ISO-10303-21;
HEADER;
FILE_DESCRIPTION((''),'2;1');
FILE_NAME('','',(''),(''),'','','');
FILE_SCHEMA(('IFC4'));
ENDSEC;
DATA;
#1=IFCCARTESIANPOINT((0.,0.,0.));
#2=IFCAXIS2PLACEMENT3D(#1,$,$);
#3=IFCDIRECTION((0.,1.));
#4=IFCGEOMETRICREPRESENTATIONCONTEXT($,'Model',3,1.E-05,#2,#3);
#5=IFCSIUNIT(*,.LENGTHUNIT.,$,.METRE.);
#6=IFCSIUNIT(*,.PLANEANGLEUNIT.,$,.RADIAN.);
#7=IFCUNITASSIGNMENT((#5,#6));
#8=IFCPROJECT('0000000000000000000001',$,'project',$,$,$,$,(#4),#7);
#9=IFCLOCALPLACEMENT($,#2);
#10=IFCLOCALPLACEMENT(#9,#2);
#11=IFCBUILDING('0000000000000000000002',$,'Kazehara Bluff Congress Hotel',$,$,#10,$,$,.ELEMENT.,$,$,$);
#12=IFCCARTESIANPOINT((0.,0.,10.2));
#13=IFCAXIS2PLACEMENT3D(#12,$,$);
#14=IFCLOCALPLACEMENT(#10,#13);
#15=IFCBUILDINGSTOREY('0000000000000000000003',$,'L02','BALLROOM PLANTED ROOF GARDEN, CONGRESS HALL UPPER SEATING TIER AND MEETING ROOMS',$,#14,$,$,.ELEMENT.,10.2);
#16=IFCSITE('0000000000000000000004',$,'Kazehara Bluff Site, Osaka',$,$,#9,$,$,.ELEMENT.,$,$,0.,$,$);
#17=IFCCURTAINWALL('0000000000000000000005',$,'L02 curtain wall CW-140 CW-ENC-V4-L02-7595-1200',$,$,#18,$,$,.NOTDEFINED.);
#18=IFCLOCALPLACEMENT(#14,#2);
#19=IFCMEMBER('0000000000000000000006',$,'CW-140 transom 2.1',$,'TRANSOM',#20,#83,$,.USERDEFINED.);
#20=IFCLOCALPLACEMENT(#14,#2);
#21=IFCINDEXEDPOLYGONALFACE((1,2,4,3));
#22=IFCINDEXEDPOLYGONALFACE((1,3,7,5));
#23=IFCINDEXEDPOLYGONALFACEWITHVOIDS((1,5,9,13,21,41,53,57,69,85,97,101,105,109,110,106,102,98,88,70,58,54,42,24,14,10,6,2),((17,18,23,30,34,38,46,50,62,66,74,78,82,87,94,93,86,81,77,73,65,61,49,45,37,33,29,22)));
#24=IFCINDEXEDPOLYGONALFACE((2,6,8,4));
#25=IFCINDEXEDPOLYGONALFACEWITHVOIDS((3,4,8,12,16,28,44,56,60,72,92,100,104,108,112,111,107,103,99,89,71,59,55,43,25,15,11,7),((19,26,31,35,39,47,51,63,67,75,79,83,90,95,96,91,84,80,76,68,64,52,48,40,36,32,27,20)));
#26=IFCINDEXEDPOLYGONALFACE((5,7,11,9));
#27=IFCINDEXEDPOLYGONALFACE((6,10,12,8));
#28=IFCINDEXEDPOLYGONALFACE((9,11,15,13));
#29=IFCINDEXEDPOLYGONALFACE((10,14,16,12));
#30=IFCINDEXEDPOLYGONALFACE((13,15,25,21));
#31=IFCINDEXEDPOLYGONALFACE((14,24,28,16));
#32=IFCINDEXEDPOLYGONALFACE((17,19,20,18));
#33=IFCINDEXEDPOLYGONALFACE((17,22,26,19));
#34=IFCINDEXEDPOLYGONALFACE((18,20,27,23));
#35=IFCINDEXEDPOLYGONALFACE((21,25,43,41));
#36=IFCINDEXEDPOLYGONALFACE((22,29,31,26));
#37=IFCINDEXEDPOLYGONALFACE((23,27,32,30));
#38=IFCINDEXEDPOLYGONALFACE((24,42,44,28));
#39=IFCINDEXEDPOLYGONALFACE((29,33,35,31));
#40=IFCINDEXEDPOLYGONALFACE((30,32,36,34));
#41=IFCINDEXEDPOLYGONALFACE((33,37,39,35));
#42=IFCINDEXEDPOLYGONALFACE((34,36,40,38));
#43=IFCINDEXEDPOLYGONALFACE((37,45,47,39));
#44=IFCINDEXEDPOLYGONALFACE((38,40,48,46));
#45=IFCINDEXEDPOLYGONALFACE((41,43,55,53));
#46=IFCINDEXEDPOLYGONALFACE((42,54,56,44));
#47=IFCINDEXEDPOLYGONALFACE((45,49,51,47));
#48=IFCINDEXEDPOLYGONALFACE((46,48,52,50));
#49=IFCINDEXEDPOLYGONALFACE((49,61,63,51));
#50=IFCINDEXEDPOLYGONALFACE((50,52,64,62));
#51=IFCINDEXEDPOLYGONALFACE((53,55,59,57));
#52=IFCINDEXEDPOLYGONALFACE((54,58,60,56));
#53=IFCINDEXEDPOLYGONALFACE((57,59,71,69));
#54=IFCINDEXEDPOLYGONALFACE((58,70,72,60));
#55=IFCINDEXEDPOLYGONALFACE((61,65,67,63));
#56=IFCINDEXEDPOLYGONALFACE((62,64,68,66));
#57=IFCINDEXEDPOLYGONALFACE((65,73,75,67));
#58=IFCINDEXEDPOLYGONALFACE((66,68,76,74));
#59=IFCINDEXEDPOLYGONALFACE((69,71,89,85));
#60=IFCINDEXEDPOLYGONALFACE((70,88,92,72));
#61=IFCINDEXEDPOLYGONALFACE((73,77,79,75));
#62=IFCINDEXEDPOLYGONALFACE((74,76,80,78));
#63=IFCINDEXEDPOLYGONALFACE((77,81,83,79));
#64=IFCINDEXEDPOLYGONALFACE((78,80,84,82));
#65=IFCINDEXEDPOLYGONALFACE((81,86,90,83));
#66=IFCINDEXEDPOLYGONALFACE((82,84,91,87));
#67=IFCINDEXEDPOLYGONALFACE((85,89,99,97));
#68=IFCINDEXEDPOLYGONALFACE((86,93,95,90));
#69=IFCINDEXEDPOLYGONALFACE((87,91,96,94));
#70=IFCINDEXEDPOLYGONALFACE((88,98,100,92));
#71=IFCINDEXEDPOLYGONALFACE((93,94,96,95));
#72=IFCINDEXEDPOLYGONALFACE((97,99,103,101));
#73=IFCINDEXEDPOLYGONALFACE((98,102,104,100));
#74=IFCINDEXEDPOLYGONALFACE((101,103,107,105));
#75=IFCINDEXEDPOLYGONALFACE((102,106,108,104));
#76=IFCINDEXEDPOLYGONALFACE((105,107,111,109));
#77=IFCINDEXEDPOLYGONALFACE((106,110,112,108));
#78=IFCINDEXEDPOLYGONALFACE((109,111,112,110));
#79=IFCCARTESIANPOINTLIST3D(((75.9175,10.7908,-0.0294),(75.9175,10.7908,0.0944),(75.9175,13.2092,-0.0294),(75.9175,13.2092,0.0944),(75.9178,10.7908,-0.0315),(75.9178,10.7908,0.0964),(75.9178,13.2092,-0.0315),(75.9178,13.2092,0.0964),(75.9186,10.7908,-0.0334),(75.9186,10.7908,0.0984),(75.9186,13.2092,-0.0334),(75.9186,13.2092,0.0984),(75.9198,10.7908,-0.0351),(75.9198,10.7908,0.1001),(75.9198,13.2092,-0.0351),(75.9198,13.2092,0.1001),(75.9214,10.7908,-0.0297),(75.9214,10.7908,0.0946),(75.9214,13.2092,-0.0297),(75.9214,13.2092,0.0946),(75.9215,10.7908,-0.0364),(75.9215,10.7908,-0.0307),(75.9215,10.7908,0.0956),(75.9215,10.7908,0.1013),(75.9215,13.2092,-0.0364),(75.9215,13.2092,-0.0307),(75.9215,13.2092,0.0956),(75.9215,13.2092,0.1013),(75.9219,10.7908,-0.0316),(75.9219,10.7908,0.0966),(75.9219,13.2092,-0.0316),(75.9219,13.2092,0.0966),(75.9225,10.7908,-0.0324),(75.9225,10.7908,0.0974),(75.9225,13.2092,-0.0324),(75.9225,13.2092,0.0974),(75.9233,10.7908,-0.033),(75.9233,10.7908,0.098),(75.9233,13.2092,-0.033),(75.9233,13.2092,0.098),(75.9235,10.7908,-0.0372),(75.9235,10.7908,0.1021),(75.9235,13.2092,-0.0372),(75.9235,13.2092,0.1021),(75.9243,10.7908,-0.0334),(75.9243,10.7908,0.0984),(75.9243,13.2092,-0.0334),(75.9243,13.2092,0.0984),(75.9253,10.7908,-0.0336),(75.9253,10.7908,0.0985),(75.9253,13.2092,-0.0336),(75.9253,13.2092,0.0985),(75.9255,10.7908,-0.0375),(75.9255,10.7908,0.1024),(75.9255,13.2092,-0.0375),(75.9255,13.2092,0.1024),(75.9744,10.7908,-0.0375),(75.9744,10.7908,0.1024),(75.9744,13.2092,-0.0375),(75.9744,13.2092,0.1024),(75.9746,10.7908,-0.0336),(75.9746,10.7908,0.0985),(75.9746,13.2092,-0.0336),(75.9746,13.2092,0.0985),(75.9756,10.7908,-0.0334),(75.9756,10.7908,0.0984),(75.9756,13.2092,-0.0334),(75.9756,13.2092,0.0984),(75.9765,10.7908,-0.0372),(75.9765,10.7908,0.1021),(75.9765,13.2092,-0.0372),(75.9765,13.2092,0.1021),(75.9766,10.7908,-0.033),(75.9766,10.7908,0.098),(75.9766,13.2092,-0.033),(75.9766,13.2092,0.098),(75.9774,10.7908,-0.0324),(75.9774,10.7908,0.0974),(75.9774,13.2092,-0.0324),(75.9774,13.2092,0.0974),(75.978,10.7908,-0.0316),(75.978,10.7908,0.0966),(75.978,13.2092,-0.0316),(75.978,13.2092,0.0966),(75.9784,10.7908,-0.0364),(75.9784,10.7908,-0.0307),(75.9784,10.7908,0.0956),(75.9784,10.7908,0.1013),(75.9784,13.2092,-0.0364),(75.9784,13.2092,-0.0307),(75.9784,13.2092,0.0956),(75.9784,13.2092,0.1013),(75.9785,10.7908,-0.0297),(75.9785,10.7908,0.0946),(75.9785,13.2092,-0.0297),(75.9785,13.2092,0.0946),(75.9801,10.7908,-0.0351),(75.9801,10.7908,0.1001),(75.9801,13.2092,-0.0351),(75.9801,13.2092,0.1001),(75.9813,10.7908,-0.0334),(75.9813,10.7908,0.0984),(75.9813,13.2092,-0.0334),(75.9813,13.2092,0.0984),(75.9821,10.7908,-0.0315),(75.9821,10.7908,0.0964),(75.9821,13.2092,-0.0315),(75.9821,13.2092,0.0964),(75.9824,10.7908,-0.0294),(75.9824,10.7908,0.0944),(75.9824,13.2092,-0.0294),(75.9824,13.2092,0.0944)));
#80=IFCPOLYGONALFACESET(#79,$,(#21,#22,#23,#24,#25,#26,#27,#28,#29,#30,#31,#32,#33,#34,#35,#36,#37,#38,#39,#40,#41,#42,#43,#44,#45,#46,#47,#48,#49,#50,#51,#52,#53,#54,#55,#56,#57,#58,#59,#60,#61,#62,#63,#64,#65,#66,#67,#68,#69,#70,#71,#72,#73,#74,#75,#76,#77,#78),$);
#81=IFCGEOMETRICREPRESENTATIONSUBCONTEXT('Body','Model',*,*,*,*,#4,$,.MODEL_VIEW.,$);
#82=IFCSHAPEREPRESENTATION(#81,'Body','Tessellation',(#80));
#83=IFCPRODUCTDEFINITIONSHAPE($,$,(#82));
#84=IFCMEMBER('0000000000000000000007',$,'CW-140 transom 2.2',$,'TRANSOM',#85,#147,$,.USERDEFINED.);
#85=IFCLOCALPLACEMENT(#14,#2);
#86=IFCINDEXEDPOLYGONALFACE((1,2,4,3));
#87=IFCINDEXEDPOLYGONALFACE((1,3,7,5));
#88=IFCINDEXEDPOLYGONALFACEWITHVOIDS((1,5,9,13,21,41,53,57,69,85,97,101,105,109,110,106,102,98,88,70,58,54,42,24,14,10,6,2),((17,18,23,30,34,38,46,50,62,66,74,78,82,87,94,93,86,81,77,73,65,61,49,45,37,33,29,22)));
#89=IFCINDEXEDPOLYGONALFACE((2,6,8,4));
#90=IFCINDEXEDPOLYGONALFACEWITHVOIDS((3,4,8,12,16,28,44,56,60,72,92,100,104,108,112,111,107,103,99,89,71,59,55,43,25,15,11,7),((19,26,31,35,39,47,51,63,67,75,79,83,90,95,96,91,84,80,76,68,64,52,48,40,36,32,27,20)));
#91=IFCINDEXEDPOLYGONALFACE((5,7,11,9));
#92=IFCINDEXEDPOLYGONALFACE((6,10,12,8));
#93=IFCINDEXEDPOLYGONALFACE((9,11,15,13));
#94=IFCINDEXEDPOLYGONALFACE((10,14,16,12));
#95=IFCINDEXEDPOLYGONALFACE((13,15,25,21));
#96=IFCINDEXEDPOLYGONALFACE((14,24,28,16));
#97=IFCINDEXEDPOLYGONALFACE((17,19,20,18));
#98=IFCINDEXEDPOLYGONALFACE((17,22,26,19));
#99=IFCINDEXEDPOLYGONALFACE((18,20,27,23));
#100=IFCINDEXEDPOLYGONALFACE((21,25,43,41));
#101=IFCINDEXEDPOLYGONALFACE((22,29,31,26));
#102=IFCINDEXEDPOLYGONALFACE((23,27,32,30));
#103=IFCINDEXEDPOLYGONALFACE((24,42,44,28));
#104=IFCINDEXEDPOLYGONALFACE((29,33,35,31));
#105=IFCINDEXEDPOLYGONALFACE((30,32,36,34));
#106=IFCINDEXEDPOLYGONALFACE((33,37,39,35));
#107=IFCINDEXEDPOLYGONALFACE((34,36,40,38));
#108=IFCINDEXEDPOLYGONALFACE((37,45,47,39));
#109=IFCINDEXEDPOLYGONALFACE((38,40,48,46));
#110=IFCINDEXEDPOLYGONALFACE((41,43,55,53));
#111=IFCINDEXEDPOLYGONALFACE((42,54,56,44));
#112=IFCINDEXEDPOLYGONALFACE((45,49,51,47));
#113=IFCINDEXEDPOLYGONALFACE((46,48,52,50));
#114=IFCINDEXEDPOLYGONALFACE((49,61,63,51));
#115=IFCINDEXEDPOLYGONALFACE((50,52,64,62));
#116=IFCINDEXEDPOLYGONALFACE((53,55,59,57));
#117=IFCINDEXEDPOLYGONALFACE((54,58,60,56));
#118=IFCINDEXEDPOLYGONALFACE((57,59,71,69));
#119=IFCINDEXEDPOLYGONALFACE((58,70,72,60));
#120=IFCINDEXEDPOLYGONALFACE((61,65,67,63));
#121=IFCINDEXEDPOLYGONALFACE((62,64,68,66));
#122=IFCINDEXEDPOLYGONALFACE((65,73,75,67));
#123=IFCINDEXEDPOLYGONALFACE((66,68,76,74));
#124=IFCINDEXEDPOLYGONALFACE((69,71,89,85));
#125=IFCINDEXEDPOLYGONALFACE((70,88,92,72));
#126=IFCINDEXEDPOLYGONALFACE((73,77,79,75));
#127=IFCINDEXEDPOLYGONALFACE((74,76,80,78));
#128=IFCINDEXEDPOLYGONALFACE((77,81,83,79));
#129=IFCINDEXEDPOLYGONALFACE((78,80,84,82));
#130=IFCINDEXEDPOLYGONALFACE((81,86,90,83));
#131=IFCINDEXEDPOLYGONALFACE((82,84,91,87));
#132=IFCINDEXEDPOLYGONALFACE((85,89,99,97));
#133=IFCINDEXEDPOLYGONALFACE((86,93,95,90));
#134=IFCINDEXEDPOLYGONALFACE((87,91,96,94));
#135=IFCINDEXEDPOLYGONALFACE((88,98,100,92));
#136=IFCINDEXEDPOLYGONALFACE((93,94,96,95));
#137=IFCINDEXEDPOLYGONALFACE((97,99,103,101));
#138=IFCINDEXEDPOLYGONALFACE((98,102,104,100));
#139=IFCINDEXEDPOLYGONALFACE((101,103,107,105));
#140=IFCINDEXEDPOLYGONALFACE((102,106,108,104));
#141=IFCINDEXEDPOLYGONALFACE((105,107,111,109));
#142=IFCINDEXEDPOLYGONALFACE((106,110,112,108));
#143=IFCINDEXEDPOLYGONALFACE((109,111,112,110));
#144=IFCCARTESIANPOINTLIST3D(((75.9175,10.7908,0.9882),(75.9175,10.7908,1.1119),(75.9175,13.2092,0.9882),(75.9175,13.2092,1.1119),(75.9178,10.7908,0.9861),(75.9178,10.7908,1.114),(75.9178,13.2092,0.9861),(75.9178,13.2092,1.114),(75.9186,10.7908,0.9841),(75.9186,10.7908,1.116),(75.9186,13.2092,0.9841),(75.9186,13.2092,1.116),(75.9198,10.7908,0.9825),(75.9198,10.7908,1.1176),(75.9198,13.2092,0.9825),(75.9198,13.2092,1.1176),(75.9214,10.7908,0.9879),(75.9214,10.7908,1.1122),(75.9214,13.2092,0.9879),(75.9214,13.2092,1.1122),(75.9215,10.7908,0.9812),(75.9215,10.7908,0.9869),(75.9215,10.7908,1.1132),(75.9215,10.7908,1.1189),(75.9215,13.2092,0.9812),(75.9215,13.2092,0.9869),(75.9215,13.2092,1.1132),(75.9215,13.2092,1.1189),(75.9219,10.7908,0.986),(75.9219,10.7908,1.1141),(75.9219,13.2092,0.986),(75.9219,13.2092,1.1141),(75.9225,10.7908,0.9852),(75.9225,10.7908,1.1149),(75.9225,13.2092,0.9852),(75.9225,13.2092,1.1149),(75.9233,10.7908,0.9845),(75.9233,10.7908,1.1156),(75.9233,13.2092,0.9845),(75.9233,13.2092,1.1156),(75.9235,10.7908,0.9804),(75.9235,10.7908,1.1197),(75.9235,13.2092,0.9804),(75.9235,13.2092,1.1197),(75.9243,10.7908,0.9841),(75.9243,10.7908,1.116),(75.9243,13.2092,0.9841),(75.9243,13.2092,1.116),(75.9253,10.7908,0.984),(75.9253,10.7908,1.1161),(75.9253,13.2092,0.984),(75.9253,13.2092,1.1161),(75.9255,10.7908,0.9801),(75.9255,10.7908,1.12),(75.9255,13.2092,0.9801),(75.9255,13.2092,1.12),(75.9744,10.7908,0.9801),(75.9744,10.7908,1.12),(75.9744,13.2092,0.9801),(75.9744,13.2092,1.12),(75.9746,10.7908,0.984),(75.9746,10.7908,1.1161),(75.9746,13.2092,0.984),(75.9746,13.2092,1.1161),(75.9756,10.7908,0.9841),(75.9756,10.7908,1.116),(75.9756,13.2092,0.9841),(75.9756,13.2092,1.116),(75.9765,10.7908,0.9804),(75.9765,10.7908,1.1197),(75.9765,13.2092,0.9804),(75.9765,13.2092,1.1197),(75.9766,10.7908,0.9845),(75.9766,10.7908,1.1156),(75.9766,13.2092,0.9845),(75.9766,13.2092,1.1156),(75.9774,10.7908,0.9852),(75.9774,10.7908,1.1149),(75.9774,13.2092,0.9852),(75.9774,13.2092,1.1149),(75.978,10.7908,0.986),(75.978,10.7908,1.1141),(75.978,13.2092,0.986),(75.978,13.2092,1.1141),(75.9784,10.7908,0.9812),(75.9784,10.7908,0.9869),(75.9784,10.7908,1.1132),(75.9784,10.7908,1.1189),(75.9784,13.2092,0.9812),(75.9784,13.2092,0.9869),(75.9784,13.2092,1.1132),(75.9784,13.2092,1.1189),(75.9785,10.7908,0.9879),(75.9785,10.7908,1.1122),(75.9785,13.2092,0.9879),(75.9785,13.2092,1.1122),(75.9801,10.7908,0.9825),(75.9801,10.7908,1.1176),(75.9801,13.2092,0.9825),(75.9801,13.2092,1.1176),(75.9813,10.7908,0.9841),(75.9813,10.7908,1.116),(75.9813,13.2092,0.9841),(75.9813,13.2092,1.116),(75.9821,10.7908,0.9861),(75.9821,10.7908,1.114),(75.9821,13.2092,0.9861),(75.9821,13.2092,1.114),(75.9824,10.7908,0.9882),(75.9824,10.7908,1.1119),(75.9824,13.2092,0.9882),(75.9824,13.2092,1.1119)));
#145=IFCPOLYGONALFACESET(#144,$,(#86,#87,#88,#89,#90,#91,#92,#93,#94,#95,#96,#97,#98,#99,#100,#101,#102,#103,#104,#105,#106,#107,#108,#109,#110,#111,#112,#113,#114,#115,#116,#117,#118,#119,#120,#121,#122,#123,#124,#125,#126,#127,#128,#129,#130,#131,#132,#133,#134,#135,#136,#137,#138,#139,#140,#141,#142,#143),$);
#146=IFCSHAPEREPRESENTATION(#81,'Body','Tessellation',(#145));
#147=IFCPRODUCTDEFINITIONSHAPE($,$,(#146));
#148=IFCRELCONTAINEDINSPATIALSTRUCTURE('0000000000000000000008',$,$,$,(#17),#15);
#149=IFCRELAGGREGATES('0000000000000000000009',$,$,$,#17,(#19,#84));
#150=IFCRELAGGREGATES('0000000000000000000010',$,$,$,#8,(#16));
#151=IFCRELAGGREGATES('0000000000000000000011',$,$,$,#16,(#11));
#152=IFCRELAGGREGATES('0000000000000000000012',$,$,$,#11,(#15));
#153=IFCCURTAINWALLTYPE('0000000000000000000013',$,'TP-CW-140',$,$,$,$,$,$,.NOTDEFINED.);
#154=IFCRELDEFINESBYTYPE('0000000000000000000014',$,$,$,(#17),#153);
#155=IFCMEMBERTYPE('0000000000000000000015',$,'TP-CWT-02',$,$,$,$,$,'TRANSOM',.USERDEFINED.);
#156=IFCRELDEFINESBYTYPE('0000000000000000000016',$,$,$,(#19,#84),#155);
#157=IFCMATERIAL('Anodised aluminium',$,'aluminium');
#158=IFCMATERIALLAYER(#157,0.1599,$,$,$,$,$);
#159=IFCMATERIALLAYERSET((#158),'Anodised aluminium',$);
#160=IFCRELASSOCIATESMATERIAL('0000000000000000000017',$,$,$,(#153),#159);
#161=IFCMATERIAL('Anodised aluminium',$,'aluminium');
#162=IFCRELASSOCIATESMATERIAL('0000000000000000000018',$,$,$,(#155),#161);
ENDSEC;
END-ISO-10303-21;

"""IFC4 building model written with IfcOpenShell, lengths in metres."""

from ifc_helpers import new_model, si_unit, direction, frame, origin, origin_2d, place, context, subcontext, project, spatial, hollow_rectangle, extrude, material, layer, layer_set, material_profile, profile_set, type_object, element, aggregate, save


model = new_model("IFC4")

# Units and contexts
model_context = context("Model", 3, precision=1e-05, world=origin(), true_north=direction((0.0, 1.0)))
body_context = subcontext(model_context, "Body", "Model", "MODEL_VIEW")
ifc_project = project(units=[si_unit("LENGTHUNIT", "METRE"), si_unit("PLANEANGLEUNIT", "RADIAN")], contexts=[model_context])

# Site, building, storey
site_placement = place(None, origin())
site = spatial("IfcSite", under=ifc_project, at=site_placement, Name="Kazehara Bluff Site, Osaka", CompositionType="ELEMENT", RefElevation=0.0)
building_placement = place(site_placement, origin())
building = spatial("IfcBuilding", under=site, at=building_placement, Name="Kazehara Bluff Congress Hotel", CompositionType="ELEMENT")
storey_placement = place(building_placement, frame((0.0, 0.0, 10.2)))
storey = spatial("IfcBuildingStorey", under=building, at=storey_placement, Name="L02", Description="BALLROOM PLANTED ROOF GARDEN, CONGRESS HALL UPPER SEATING TIER AND MEETING ROOMS", CompositionType="ELEMENT", Elevation=10.2)

# Curtain wall
ifc_material_1 = material(Name="Anodised aluminium", Category="aluminium")
ifc_layer_1 = layer(ifc_material_1, 0.1599)
ifc_layer_set_1 = layer_set([ifc_layer_1], Name="Anodised aluminium")
curtain_wall_type_1 = type_object("IfcCurtainWallType", Name="TP-CW-140", PredefinedType="NOTDEFINED", material=ifc_layer_set_1)
curtain_wall_1_placement = place(storey_placement, origin())
curtain_wall_1 = element("IfcCurtainWall", 1, at=curtain_wall_1_placement, inside=storey, type_object=curtain_wall_type_1, Name="L02 curtain wall CW-140 CW-ENC-V4-L02-7595-1200", PredefinedType="NOTDEFINED")

# Members
ifc_material_2 = material(Name="Anodised aluminium", Category="aluminium")
ifc_material_profile_1 = material_profile(ifc_material_2, hollow_rectangle(XDim=0.0649, YDim=0.1399, WallThickness=0.0039, InnerFilletRadius=0.0039, OuterFilletRadius=0.0081, at=origin_2d()))
ifc_profile_set_1 = profile_set([ifc_material_profile_1], Name="Anodised aluminium")
member_type_1 = type_object("IfcMemberType", Name="TP-CWT-02", ElementType="TRANSOM", PredefinedType="USERDEFINED", material=ifc_profile_set_1)
member_1_placement = place(storey_placement, frame((75.95, 13.2092, 0.0325), z_axis=(0.0, -1.0, 0.0), x_axis=(1.0, 0.0, 0.0)))
member_1 = element("IfcMember", 2, at=member_1_placement, type_object=member_type_1, Name="CW-140 transom 2.1", ObjectType="TRANSOM", PredefinedType="USERDEFINED", context=body_context, shape_type="SweptSolid", body=[
    extrude(hollow_rectangle(XDim=0.0649, YDim=0.1399, WallThickness=0.0039, InnerFilletRadius=0.0039, OuterFilletRadius=0.0081, at=origin_2d()), origin(), (0.0, 0.0, 1.0), 2.4185),
])
member_2_placement = place(storey_placement, frame((75.95, 13.2092, 1.05), z_axis=(0.0, -1.0, 0.0), x_axis=(1.0, 0.0, 0.0)))
member_2 = element("IfcMember", 3, at=member_2_placement, type_object=member_type_1, Name="CW-140 transom 2.2", ObjectType="TRANSOM", PredefinedType="USERDEFINED", context=body_context, shape_type="SweptSolid", body=[
    extrude(hollow_rectangle(XDim=0.0649, YDim=0.1399, WallThickness=0.0039, InnerFilletRadius=0.0039, OuterFilletRadius=0.0081, at=origin_2d()), origin(), (0.0, 0.0, 1.0), 2.4185),
])

aggregate(curtain_wall_1, [member_1, member_2])

save(model, "model.ifc")
